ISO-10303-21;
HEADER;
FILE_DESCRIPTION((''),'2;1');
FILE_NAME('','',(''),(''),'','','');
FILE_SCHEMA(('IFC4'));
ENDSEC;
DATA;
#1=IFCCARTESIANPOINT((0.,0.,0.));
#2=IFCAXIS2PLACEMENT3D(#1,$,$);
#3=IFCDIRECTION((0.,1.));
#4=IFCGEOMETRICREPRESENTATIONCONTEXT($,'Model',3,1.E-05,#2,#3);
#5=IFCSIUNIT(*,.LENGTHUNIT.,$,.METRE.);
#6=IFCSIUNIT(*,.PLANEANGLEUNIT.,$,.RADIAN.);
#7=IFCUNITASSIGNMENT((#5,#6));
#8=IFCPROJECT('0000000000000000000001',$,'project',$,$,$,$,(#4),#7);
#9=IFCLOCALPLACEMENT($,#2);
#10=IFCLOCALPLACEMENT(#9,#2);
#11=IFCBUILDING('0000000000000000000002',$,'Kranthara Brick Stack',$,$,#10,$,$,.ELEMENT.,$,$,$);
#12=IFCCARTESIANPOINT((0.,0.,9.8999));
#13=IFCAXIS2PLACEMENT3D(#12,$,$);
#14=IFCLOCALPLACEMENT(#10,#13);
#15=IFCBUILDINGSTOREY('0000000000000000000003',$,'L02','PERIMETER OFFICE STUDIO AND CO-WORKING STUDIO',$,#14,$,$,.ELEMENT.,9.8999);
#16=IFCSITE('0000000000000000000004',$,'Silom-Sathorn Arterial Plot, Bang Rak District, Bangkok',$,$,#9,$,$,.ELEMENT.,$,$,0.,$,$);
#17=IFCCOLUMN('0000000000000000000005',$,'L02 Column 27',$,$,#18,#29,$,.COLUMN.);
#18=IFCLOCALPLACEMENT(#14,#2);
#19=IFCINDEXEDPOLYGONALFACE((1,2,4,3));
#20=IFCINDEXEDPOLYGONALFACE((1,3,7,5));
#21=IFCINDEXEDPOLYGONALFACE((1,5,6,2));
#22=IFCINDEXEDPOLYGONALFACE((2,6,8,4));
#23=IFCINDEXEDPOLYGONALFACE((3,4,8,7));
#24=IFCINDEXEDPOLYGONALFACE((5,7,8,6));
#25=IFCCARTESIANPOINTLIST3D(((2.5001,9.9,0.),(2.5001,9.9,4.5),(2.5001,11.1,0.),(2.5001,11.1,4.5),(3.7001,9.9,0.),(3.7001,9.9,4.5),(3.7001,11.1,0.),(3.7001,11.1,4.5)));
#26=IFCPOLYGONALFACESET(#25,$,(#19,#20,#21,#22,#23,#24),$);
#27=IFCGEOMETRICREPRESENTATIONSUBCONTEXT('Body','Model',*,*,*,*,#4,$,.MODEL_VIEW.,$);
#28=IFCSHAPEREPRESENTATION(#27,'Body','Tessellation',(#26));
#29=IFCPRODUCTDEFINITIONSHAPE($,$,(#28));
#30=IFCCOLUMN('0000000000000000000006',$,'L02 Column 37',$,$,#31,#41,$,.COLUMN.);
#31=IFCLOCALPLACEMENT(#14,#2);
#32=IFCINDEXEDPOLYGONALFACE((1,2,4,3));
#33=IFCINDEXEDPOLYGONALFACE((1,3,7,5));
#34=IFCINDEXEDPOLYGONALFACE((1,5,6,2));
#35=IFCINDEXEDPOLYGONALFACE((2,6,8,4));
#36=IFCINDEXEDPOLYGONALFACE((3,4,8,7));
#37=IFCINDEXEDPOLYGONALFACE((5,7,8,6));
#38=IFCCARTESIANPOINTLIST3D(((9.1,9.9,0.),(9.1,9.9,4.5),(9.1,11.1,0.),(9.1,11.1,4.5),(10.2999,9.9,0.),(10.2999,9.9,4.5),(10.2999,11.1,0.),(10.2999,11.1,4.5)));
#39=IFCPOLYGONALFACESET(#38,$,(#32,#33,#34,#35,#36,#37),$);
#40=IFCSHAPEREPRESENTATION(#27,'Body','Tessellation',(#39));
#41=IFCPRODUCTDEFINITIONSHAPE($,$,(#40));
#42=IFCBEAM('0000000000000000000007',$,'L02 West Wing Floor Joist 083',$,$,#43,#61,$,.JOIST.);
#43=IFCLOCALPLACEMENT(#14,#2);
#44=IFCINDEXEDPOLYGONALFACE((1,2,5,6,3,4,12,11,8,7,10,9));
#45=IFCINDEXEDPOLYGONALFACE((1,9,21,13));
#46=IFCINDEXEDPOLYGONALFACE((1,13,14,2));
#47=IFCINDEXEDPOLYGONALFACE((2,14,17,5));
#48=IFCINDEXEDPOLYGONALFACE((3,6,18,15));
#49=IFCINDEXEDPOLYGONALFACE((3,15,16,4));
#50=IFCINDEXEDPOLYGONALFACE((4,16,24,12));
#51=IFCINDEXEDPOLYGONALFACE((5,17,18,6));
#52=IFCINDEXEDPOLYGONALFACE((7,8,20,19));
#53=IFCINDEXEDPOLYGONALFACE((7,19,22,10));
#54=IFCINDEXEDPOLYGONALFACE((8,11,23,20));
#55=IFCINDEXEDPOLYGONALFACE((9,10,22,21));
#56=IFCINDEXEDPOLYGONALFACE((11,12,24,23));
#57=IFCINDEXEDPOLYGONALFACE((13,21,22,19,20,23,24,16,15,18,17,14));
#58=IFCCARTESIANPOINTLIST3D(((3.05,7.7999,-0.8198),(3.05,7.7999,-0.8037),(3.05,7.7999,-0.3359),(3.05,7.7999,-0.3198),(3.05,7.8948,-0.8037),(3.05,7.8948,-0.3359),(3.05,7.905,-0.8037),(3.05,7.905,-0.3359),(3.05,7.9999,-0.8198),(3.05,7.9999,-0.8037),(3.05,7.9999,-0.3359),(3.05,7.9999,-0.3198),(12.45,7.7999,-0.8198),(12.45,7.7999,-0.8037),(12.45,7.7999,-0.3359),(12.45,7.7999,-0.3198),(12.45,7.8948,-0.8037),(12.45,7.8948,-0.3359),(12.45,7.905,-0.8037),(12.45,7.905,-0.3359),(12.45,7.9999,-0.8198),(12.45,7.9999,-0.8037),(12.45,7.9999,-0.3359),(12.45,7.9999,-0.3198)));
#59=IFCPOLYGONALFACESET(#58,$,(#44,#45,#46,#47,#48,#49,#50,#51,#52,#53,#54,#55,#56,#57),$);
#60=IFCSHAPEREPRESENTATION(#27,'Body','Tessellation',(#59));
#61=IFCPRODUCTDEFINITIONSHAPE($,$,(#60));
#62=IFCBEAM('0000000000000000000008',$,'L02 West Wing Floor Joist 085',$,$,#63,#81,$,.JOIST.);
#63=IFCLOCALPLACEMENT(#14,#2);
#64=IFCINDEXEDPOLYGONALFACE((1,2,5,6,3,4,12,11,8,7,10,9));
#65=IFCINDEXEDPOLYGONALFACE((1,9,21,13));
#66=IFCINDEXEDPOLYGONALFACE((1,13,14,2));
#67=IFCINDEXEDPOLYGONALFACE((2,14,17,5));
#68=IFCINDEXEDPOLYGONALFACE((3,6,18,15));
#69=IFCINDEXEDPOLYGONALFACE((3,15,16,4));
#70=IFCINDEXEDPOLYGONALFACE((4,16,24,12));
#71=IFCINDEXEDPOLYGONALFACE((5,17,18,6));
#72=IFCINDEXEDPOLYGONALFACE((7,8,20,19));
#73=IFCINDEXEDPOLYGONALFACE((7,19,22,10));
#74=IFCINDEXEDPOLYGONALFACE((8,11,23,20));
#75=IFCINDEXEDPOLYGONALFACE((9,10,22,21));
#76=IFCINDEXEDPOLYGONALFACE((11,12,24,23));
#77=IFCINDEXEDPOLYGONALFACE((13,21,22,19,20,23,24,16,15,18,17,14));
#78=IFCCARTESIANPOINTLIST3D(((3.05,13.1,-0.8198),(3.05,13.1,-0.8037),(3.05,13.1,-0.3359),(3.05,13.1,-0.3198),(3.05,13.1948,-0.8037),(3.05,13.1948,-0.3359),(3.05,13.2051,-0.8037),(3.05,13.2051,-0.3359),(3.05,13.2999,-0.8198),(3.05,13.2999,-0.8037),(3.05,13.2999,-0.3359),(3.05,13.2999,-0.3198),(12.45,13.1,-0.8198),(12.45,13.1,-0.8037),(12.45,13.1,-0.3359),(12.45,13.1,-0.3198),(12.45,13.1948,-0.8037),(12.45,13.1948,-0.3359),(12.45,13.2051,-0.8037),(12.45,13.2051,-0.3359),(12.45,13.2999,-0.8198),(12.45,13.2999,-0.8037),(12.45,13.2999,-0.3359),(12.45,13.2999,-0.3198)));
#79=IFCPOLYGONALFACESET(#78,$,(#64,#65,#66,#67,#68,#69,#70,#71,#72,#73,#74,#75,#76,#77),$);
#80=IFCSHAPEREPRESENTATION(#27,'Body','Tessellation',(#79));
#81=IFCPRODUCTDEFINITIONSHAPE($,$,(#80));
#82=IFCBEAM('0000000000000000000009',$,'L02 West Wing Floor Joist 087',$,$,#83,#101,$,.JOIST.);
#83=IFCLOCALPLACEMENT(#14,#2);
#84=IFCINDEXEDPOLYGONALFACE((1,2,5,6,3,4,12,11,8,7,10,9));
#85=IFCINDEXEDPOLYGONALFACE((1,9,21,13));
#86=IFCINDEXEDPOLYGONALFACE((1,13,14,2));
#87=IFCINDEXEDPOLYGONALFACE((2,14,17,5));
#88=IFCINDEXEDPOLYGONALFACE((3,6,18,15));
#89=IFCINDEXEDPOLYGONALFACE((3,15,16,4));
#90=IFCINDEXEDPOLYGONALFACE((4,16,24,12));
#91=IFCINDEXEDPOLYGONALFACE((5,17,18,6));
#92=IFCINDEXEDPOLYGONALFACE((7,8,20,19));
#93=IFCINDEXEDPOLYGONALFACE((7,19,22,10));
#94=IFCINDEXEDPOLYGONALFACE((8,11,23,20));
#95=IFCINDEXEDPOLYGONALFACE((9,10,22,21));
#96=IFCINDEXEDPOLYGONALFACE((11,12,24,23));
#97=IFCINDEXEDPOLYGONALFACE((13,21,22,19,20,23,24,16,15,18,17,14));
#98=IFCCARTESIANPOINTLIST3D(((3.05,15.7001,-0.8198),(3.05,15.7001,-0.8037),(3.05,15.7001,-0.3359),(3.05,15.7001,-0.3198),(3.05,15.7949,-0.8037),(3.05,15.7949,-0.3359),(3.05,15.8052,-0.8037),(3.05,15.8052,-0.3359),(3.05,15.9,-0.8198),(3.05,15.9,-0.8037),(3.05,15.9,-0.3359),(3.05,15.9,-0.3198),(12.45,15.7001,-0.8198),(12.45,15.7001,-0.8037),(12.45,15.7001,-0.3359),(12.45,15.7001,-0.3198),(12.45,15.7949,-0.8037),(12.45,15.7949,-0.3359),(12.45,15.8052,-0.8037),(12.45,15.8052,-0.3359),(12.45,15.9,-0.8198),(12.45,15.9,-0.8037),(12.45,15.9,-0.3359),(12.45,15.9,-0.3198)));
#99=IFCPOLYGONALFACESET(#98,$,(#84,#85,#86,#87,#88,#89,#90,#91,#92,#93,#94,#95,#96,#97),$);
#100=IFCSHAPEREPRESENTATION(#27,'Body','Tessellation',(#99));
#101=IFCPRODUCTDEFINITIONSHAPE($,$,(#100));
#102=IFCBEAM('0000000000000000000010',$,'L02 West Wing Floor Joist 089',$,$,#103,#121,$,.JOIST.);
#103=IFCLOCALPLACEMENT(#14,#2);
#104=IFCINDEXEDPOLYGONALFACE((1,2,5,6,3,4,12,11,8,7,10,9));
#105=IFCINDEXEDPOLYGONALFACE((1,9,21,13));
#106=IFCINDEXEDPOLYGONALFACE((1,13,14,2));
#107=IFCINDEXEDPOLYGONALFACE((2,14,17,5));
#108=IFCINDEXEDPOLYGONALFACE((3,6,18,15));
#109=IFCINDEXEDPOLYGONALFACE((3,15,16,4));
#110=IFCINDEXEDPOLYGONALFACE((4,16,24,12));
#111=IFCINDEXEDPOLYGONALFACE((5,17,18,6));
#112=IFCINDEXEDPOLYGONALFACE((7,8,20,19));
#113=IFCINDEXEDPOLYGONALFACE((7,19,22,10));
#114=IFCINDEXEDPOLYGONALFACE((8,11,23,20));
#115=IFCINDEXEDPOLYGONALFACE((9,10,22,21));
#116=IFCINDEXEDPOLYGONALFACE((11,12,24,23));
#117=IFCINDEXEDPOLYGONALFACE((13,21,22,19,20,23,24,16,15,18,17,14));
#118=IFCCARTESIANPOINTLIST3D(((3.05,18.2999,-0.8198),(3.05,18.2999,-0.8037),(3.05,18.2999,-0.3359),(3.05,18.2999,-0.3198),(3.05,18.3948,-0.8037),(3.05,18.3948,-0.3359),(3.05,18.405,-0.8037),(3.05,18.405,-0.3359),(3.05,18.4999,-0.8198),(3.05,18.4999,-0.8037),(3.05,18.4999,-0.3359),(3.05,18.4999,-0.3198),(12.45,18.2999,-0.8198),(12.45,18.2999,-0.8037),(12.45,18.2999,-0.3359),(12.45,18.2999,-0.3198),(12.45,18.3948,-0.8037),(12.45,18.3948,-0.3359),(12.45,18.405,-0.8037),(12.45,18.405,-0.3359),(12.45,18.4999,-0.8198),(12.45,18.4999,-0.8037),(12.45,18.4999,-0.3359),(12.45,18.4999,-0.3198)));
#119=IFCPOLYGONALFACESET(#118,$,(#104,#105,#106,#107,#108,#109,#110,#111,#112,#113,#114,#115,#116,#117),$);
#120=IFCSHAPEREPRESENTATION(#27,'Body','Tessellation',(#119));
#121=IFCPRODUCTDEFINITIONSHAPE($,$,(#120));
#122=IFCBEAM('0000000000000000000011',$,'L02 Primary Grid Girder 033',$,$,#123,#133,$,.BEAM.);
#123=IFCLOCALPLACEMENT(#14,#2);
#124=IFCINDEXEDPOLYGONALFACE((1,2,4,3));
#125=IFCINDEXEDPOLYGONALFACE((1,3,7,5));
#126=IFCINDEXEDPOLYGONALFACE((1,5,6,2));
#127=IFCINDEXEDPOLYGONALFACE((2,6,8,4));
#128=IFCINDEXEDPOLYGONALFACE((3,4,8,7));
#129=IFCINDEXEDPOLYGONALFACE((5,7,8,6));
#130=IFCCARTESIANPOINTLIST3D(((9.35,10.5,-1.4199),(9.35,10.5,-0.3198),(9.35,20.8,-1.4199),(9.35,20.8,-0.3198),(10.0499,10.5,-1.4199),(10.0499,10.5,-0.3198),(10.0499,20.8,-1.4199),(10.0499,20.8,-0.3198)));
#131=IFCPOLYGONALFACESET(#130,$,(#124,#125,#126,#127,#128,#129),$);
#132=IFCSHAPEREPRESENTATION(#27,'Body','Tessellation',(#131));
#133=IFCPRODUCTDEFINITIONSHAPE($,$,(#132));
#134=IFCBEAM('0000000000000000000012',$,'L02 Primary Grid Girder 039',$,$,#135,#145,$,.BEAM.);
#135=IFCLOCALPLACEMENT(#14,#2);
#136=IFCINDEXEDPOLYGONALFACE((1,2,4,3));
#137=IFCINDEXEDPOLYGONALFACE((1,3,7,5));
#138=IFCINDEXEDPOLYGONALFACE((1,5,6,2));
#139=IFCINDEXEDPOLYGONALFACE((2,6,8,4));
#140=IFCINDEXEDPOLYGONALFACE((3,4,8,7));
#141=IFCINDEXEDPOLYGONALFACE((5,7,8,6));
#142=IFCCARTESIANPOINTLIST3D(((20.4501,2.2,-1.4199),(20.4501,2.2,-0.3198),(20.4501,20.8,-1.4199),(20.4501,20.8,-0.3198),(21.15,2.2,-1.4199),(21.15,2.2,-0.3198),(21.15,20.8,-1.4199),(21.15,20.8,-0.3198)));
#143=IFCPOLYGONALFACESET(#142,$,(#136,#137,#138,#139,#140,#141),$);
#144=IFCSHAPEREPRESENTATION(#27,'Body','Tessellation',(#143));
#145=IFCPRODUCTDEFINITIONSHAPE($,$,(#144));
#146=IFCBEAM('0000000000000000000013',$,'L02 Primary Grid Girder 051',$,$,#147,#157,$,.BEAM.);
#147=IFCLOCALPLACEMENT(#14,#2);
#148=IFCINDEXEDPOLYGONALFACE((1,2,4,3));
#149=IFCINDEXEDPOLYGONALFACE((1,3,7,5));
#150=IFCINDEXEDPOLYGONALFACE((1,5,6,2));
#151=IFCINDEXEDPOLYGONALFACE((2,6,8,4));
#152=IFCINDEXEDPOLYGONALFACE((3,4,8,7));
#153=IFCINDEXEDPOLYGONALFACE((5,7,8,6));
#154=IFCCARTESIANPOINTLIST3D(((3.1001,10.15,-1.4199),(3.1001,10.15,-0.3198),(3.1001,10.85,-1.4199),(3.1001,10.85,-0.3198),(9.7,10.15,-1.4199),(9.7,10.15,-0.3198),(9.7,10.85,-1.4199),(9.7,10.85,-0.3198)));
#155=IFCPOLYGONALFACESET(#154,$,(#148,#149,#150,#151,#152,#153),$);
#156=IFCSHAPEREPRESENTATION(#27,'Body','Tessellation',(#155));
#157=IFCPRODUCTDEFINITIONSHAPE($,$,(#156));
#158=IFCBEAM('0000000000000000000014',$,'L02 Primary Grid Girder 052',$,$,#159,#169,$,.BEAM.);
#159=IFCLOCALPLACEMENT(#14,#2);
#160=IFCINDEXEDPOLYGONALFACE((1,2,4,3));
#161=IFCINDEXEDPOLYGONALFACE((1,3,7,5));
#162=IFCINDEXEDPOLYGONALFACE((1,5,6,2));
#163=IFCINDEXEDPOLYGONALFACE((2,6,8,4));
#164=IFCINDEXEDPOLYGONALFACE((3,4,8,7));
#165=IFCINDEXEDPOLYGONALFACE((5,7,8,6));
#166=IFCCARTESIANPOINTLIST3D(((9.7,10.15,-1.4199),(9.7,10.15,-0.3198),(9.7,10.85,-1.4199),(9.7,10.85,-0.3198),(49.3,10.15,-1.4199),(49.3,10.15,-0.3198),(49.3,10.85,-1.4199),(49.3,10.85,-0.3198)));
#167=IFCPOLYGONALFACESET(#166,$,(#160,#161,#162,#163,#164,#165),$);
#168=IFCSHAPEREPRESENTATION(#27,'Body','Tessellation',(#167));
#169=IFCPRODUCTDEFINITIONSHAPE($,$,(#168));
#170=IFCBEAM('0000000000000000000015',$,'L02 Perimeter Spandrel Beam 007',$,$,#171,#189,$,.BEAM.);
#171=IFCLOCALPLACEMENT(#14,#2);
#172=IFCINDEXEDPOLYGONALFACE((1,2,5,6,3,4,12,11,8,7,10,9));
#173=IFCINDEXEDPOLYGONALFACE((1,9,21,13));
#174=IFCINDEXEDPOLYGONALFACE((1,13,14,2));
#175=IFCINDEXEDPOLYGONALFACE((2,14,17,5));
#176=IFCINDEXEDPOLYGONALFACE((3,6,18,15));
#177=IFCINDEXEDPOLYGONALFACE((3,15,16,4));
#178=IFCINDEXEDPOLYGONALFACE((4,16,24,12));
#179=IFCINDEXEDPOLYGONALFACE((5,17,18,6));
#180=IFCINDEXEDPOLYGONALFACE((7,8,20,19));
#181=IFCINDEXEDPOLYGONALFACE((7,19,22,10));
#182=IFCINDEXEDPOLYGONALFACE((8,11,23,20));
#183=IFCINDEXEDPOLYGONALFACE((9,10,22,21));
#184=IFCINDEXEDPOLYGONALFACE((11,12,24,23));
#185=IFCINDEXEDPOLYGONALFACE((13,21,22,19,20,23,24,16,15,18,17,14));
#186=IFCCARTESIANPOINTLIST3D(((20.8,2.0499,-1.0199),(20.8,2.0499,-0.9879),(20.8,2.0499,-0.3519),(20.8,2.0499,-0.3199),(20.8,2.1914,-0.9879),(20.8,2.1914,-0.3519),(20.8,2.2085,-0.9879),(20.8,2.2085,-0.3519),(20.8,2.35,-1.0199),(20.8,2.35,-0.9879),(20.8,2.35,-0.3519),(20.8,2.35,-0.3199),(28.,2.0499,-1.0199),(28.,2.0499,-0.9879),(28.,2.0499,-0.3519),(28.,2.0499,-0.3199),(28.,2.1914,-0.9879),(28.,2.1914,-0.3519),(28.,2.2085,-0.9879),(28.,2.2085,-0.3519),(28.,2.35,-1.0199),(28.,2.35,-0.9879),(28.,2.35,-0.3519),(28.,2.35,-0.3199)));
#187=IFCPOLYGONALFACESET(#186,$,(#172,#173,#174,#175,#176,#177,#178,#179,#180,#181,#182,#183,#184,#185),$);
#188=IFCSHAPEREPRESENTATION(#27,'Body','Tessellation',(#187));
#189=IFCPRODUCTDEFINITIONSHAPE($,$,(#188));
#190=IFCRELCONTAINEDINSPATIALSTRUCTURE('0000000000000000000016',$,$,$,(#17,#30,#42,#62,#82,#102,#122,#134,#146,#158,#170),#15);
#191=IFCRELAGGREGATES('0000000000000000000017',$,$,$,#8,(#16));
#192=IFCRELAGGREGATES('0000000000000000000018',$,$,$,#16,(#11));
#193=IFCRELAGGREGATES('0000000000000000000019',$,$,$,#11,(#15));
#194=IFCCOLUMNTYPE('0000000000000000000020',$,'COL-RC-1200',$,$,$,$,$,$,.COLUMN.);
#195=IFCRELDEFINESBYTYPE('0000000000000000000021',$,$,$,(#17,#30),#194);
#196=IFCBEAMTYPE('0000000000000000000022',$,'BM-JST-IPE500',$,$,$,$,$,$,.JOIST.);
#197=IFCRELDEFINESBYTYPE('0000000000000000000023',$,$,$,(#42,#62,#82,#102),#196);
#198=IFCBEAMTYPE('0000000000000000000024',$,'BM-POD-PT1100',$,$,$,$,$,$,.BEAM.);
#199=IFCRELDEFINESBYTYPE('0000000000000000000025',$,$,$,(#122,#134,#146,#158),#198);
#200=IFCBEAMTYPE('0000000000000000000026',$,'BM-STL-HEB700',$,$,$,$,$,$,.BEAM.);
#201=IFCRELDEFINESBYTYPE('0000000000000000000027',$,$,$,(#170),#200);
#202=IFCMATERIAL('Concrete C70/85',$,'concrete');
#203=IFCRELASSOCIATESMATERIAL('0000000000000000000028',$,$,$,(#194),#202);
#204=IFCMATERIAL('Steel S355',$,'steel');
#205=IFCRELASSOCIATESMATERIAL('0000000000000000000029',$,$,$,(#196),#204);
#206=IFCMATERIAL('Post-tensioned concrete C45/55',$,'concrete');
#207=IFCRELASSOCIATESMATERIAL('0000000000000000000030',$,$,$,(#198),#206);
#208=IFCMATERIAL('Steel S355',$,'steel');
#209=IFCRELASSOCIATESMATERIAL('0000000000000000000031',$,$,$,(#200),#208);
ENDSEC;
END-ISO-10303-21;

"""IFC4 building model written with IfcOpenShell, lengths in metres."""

from ifc_helpers import new_model, si_unit, direction, frame, origin, origin_2d, place, context, subcontext, project, spatial, rectangle, i_section, extrude, material, material_profile, profile_set, type_object, element, save


model = new_model("IFC4")

# Units and contexts
model_context = context("Model", 3, precision=1e-05, world=origin(), true_north=direction((0.0, 1.0)))
body_context = subcontext(model_context, "Body", "Model", "MODEL_VIEW")
ifc_project = project(units=[si_unit("LENGTHUNIT", "METRE"), si_unit("PLANEANGLEUNIT", "RADIAN")], contexts=[model_context])

# Site, building, storey
site_placement = place(None, origin())
site = spatial("IfcSite", under=ifc_project, at=site_placement, Name="Silom-Sathorn Arterial Plot, Bang Rak District, Bangkok", CompositionType="ELEMENT", RefElevation=0.0)
building_placement = place(site_placement, origin())
building = spatial("IfcBuilding", under=site, at=building_placement, Name="Kranthara Brick Stack", CompositionType="ELEMENT")
storey_placement = place(building_placement, frame((0.0, 0.0, 9.8999)))
storey = spatial("IfcBuildingStorey", under=building, at=storey_placement, Name="L02", Description="PERIMETER OFFICE STUDIO AND CO-WORKING STUDIO", CompositionType="ELEMENT", Elevation=9.8999)

# Columns
ifc_material_1 = material(Name="Concrete C70/85", Category="concrete")
ifc_material_profile_1 = material_profile(ifc_material_1, rectangle(XDim=1.2, YDim=1.2, at=origin_2d()), Name="RC 1200x1200")
ifc_profile_set_1 = profile_set([ifc_material_profile_1], Name="Concrete C70/85")
column_type = type_object("IfcColumnType", Name="COL-RC-1200", PredefinedType="COLUMN", material=ifc_profile_set_1)
for number, where, z_axis, x_axis, name in (
    (1, (3.1001, 10.5, 0.0), (0.0, 0.0, 1.0), (1.0, 0.0, 0.0), "L02 Column 27"),
    (2, (9.7, 10.5, 0.0), (0.0, 0.0, 1.0), (1.0, 0.0, 0.0), "L02 Column 37"),
):
    element("IfcColumn", number, at=place(storey_placement, frame(where, z_axis=z_axis, x_axis=x_axis)), inside=storey, type_object=column_type, Name=name, PredefinedType="COLUMN", context=body_context, shape_type="SweptSolid", body=[
        extrude(rectangle(XDim=1.2, YDim=1.2, at=origin_2d()), origin(), (0.0, 0.0, 1.0), 4.5),
    ])

# Beams
ifc_material_2 = material(Name="Steel S355", Category="steel")
ifc_material_profile_2 = material_profile(ifc_material_2, i_section(OverallWidth=0.2, OverallDepth=0.5, WebThickness=0.0103, FlangeThickness=0.0161, at=origin_2d()), Name="IPE 500")
ifc_profile_set_2 = profile_set([ifc_material_profile_2], Name="Steel S355")
beam_type_1 = type_object("IfcBeamType", Name="BM-JST-IPE500", PredefinedType="JOIST", material=ifc_profile_set_2)
for number, where, z_axis, x_axis, name in (
    (3, (3.05, 7.8999, -0.5698), (1.0, 0.0, 0.0), (0.0, 1.0, 0.0), "L02 West Wing Floor Joist 083"),
    (4, (3.05, 13.2, -0.5698), (1.0, 0.0, 0.0), (0.0, 1.0, 0.0), "L02 West Wing Floor Joist 085"),
    (5, (3.05, 15.8, -0.5698), (1.0, 0.0, 0.0), (0.0, 1.0, 0.0), "L02 West Wing Floor Joist 087"),
    (6, (3.05, 18.3999, -0.5698), (1.0, 0.0, 0.0), (0.0, 1.0, 0.0), "L02 West Wing Floor Joist 089"),
):
    element("IfcBeam", number, at=place(storey_placement, frame(where, z_axis=z_axis, x_axis=x_axis)), inside=storey, type_object=beam_type_1, Name=name, PredefinedType="JOIST", context=body_context, shape_type="SweptSolid", body=[
        extrude(i_section(OverallWidth=0.2, OverallDepth=0.5, WebThickness=0.0103, FlangeThickness=0.0161, at=origin_2d()), origin(), (0.0, 0.0, 1.0), 9.3999),
    ])
ifc_material_3 = material(Name="Post-tensioned concrete C45/55", Category="concrete")
ifc_material_profile_3 = material_profile(ifc_material_3, rectangle(XDim=0.7, YDim=1.1001, at=origin_2d()), Name="PT 700x1100")
ifc_profile_set_3 = profile_set([ifc_material_profile_3], Name="Post-tensioned concrete C45/55")
beam_type_2 = type_object("IfcBeamType", Name="BM-POD-PT1100", PredefinedType="BEAM", material=ifc_profile_set_3)
beam_1_placement = place(storey_placement, frame((9.7, 10.5, -0.8699), z_axis=(0.0, 1.0, 0.0), x_axis=(-1.0, 0.0, 0.0)))
element("IfcBeam", 7, at=beam_1_placement, inside=storey, type_object=beam_type_2, Name="L02 Primary Grid Girder 033", PredefinedType="BEAM", context=body_context, shape_type="SweptSolid", body=[
    extrude(rectangle(XDim=0.7, YDim=1.1001, at=origin_2d()), origin(), (0.0, 0.0, 1.0), 10.3),
])
beam_2_placement = place(storey_placement, frame((20.8, 2.2, -0.8699), z_axis=(0.0, 1.0, 0.0), x_axis=(-1.0, 0.0, 0.0)))
element("IfcBeam", 8, at=beam_2_placement, inside=storey, type_object=beam_type_2, Name="L02 Primary Grid Girder 039", PredefinedType="BEAM", context=body_context, shape_type="SweptSolid", body=[
    extrude(rectangle(XDim=0.7, YDim=1.1001, at=origin_2d()), origin(), (0.0, 0.0, 1.0), 18.6001),
])
beam_3_placement = place(storey_placement, frame((3.1001, 10.5, -0.8699), z_axis=(1.0, 0.0, 0.0), x_axis=(0.0, 1.0, 0.0)))
element("IfcBeam", 9, at=beam_3_placement, inside=storey, type_object=beam_type_2, Name="L02 Primary Grid Girder 051", PredefinedType="BEAM", context=body_context, shape_type="SweptSolid", body=[
    extrude(rectangle(XDim=0.7, YDim=1.1001, at=origin_2d()), origin(), (0.0, 0.0, 1.0), 6.5999),
])
beam_4_placement = place(storey_placement, frame((9.7, 10.5, -0.8699), z_axis=(1.0, 0.0, 0.0), x_axis=(0.0, 1.0, 0.0)))
element("IfcBeam", 10, at=beam_4_placement, inside=storey, type_object=beam_type_2, Name="L02 Primary Grid Girder 052", PredefinedType="BEAM", context=body_context, shape_type="SweptSolid", body=[
    extrude(rectangle(XDim=0.7, YDim=1.1001, at=origin_2d()), origin(), (0.0, 0.0, 1.0), 39.6001),
])
ifc_material_4 = material(Name="Steel S355", Category="steel")
ifc_material_profile_4 = material_profile(ifc_material_4, i_section(OverallWidth=0.3, OverallDepth=0.7, WebThickness=0.0171, FlangeThickness=0.032, at=origin_2d()), Name="HEB 700")
ifc_profile_set_4 = profile_set([ifc_material_profile_4], Name="Steel S355")
beam_type_3 = type_object("IfcBeamType", Name="BM-STL-HEB700", PredefinedType="BEAM", material=ifc_profile_set_4)
beam_5_placement = place(storey_placement, frame((20.8, 2.2, -0.6699), z_axis=(1.0, 0.0, 0.0), x_axis=(0.0, 1.0, 0.0)))
element("IfcBeam", 11, at=beam_5_placement, inside=storey, type_object=beam_type_3, Name="L02 Perimeter Spandrel Beam 007", PredefinedType="BEAM", context=body_context, shape_type="SweptSolid", body=[
    extrude(i_section(OverallWidth=0.3, OverallDepth=0.7, WebThickness=0.0171, FlangeThickness=0.032, at=origin_2d()), origin(), (0.0, 0.0, 1.0), 7.2),
])

save(model, "model.ifc")
